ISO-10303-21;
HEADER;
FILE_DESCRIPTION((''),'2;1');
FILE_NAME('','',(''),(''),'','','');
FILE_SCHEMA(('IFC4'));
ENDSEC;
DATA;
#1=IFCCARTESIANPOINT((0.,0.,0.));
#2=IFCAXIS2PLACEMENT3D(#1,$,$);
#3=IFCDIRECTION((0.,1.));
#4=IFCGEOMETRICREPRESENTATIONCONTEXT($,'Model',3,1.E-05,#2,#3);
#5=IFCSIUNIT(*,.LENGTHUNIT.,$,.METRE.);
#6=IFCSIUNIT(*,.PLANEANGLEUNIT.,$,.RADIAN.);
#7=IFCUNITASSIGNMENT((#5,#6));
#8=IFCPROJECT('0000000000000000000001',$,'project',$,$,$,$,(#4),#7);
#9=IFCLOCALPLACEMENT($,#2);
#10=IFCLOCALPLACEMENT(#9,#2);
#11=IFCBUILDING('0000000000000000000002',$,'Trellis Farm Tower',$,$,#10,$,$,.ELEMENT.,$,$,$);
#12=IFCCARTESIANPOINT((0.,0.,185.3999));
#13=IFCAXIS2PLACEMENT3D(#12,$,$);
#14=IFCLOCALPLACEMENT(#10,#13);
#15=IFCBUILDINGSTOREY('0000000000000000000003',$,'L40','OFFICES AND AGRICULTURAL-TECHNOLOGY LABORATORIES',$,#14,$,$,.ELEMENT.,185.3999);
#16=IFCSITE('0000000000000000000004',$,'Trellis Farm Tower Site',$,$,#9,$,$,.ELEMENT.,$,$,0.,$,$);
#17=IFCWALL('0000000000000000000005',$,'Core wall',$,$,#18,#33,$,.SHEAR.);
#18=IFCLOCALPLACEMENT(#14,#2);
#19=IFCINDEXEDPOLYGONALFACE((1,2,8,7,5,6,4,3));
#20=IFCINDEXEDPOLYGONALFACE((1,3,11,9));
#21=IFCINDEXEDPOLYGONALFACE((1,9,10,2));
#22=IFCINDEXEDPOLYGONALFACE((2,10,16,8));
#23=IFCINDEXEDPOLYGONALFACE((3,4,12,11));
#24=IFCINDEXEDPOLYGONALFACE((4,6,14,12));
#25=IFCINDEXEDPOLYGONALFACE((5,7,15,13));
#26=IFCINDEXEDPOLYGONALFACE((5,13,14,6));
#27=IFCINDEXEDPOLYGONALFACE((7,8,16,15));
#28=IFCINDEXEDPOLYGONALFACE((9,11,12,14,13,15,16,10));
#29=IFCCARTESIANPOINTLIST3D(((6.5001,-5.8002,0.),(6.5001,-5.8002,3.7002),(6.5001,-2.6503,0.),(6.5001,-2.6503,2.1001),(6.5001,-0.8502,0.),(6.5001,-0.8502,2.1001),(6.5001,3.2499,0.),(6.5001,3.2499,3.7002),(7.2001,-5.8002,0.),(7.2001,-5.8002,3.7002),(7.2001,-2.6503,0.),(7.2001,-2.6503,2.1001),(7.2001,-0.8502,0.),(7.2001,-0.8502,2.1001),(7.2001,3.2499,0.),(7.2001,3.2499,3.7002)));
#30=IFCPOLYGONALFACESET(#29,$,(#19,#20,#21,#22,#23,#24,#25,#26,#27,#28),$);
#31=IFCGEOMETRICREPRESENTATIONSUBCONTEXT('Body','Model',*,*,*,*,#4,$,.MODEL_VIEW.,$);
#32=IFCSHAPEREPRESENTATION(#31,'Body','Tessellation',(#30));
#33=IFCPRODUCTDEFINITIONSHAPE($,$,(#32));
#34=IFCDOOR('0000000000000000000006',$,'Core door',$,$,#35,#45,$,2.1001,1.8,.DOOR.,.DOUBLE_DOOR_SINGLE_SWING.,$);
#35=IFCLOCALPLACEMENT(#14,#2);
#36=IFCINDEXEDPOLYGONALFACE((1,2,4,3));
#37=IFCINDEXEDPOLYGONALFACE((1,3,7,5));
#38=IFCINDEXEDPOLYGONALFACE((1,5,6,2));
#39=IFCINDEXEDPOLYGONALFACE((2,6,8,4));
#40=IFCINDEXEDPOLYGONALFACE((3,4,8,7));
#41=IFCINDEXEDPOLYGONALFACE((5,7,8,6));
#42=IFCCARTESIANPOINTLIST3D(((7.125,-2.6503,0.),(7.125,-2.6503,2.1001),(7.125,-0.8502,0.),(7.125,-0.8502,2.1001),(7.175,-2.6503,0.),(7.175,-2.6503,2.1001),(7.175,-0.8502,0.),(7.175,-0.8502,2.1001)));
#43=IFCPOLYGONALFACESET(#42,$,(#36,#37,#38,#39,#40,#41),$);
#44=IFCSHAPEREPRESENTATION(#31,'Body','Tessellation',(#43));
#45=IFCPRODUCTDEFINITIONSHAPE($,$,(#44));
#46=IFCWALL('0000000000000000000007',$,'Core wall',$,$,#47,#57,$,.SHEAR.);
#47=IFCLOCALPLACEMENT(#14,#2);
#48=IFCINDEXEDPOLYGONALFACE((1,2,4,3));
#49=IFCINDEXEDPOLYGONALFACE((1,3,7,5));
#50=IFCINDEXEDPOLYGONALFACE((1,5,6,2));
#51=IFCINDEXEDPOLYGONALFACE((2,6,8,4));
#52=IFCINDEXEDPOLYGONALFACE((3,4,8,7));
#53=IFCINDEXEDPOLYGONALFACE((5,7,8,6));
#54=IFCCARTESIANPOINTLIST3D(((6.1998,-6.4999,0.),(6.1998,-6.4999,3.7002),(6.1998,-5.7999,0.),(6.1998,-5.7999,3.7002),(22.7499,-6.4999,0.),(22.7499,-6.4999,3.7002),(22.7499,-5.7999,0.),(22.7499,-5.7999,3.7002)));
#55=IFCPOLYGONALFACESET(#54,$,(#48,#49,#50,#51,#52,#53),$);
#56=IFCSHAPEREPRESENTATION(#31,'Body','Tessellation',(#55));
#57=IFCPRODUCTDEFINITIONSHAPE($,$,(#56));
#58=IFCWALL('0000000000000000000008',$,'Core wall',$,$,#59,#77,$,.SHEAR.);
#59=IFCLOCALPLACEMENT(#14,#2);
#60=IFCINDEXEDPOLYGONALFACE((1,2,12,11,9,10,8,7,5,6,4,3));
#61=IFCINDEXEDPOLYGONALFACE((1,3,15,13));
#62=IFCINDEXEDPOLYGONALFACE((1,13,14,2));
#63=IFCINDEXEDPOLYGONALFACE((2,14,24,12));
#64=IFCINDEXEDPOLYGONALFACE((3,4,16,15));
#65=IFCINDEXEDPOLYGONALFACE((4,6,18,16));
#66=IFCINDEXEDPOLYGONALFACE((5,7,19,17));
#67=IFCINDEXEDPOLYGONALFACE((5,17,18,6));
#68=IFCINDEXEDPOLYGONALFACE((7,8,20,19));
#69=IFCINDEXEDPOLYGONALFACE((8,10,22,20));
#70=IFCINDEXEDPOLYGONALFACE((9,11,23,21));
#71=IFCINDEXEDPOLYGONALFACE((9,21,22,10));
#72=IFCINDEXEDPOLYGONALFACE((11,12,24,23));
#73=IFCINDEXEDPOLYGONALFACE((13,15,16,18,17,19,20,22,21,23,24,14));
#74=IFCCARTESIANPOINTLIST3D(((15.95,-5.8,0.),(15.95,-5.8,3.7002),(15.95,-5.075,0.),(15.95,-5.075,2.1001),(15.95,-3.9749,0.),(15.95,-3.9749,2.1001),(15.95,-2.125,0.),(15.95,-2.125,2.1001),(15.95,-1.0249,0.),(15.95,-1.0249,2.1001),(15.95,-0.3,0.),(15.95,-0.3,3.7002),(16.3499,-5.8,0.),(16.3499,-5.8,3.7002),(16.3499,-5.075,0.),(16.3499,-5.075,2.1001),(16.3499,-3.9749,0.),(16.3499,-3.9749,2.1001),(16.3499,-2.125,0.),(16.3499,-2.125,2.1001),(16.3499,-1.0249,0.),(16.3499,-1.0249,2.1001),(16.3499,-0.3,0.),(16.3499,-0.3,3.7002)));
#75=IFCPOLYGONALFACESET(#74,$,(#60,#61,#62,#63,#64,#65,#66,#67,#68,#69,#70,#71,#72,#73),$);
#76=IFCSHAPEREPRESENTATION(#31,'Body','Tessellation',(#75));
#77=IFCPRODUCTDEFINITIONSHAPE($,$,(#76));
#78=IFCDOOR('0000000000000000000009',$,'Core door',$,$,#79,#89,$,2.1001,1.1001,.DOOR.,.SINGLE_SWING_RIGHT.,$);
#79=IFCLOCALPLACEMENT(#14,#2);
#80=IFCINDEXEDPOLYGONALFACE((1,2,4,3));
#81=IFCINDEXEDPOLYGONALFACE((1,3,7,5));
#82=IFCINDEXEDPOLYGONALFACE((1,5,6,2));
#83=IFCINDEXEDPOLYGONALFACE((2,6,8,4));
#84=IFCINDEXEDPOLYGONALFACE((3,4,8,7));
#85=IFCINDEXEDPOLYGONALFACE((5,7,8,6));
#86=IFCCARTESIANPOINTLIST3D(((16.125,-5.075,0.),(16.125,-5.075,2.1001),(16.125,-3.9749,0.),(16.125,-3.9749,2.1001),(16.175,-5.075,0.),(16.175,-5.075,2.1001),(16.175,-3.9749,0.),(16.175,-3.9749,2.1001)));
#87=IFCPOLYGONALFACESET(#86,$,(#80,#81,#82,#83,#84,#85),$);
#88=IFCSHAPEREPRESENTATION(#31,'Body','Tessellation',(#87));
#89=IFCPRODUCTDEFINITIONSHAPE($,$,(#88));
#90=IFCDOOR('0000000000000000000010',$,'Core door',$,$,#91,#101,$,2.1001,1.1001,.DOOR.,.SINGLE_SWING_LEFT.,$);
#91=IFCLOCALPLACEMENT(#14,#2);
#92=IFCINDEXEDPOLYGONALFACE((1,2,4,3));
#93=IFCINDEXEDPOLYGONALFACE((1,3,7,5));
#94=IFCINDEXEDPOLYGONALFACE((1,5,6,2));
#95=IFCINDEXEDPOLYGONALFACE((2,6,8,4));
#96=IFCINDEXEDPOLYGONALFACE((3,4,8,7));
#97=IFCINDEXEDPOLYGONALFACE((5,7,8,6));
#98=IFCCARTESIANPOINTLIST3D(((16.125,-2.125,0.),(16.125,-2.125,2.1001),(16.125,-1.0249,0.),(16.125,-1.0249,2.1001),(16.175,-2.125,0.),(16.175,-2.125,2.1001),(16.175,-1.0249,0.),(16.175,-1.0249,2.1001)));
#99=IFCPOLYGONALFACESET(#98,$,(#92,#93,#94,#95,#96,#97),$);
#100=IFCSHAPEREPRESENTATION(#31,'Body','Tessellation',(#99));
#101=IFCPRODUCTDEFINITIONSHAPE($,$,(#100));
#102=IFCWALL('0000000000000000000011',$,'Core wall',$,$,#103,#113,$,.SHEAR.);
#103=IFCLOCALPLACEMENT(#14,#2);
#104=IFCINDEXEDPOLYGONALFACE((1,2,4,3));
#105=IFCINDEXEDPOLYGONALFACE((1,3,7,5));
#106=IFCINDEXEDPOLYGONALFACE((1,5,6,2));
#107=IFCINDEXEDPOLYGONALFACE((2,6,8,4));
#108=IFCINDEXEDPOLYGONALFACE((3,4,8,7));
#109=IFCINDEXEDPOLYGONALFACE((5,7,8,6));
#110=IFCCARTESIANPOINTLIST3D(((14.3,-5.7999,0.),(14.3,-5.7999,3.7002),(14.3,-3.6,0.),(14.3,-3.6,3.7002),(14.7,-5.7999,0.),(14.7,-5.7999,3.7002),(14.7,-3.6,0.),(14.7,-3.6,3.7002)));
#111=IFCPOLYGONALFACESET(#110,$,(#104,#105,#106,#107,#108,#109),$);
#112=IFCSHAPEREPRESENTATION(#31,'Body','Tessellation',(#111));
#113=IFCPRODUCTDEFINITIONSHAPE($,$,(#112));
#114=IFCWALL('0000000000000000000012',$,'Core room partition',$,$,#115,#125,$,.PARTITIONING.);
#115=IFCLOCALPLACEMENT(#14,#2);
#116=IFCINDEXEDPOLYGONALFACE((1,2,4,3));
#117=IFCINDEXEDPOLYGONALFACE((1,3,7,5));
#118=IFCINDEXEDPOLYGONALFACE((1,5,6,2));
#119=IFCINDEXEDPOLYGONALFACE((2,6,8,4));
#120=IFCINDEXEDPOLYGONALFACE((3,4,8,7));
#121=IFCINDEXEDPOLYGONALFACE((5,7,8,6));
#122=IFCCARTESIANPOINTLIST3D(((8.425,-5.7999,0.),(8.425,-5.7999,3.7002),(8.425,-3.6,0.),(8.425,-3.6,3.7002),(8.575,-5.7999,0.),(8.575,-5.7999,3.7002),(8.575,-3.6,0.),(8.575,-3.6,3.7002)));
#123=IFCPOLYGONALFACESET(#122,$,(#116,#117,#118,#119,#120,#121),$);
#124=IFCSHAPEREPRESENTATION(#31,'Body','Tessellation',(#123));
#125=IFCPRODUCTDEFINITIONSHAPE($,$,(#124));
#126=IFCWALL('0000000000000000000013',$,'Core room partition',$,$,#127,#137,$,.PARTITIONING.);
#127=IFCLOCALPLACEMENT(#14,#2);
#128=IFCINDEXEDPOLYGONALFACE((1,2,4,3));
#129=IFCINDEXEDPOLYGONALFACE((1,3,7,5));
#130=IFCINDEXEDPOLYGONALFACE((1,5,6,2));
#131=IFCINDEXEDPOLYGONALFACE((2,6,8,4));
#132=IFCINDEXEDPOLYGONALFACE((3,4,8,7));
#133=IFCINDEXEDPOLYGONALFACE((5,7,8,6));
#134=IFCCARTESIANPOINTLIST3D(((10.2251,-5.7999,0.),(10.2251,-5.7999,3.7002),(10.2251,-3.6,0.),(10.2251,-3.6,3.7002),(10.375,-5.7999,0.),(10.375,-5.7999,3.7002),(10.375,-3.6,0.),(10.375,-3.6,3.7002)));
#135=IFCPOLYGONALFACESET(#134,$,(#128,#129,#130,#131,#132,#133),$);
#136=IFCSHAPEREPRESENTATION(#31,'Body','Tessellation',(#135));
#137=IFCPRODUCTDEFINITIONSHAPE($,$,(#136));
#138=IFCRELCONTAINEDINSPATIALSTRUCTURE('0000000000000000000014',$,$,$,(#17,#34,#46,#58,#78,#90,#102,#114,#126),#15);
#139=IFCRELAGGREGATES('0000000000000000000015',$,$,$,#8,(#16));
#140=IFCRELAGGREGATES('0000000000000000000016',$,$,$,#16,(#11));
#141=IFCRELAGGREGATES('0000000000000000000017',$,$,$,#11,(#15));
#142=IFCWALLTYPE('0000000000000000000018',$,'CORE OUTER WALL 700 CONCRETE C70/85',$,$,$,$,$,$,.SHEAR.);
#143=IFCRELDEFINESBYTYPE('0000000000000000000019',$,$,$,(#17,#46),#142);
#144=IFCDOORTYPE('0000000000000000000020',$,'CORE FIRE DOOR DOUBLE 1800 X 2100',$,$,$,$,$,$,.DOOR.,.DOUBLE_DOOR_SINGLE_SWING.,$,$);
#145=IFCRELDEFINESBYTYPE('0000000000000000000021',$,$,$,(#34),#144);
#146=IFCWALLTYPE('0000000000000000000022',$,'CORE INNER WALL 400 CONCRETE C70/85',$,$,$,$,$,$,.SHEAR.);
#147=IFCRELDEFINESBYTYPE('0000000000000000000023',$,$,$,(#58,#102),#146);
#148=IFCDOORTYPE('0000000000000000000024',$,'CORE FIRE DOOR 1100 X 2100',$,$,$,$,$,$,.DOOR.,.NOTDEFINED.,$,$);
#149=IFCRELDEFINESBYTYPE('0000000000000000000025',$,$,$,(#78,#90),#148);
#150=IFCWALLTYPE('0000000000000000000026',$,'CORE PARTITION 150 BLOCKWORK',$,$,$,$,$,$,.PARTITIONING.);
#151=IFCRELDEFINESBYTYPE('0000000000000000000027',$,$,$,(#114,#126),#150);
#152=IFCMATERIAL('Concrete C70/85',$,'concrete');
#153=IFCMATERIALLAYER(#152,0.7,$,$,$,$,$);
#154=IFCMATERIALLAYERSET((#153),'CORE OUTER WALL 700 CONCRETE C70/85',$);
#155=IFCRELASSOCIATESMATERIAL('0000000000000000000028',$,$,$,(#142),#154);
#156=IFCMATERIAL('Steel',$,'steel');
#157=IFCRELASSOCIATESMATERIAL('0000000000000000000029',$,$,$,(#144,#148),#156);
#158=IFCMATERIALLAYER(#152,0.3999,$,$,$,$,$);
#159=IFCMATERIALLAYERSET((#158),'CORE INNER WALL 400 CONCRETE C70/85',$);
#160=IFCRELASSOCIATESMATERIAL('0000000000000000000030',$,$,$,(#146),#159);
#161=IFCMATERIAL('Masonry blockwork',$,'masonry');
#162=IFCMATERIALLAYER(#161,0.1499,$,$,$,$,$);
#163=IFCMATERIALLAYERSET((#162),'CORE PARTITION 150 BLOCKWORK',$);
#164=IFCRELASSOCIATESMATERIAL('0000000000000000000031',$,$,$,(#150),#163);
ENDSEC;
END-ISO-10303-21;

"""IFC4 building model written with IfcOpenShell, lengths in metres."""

from ifc_helpers import new_model, si_unit, direction, frame, frame_2d, origin, place, context, subcontext, project, spatial, rectangle, extrude, source, transform, mapped, material, layer, layer_set, type_object, element, fill, save


model = new_model("IFC4")

# Units and contexts
model_context = context("Model", 3, precision=1e-05, world=origin(), true_north=direction((0.0, 1.0)))
body_context = subcontext(model_context, "Body", "Model", "MODEL_VIEW")
ifc_project = project(units=[si_unit("LENGTHUNIT", "METRE"), si_unit("PLANEANGLEUNIT", "RADIAN")], contexts=[model_context])

# Site, building, storey
site_placement = place(None, origin())
site = spatial("IfcSite", under=ifc_project, at=site_placement, Name="Trellis Farm Tower Site", CompositionType="ELEMENT", RefElevation=0.0)
building_placement = place(site_placement, origin())
building = spatial("IfcBuilding", under=site, at=building_placement, Name="Trellis Farm Tower", CompositionType="ELEMENT")
storey_placement = place(building_placement, frame((0.0, 0.0, 185.3999)))
storey = spatial("IfcBuildingStorey", under=building, at=storey_placement, Name="L40", Description="OFFICES AND AGRICULTURAL-TECHNOLOGY LABORATORIES", CompositionType="ELEMENT", Elevation=185.3999)

# Shared definitions
ifc_material_1 = material(Name="Concrete C70/85", Category="concrete")

# Wall, opening, door
ifc_layer_1 = layer(ifc_material_1, 0.7)
ifc_layer_set_1 = layer_set([ifc_layer_1], Name="CORE OUTER WALL 700 CONCRETE C70/85")
wall_type_1 = type_object("IfcWallType", Name="CORE OUTER WALL 700 CONCRETE C70/85", PredefinedType="SHEAR", material=ifc_layer_set_1)
shared_shape_1 = source(origin(), body_context, "Body", "SweptSolid", [
    extrude(rectangle(XDim=9.05, YDim=0.7, at=frame_2d((4.5249, 0.0))), origin(), (0.0, 0.0, 1.0), 3.7002),
])
wall_1_placement = place(storey_placement, frame((6.8501, -5.8, 0.0), z_axis=(0.0, 0.0, 1.0), x_axis=(0.0, 1.0, 0.0)))
wall_1 = element("IfcWall", 1, at=wall_1_placement, inside=storey, type_object=wall_type_1, Name="Core wall", PredefinedType="SHEAR", context=body_context, shape_type="MappedRepresentation", body=[
    mapped(shared_shape_1, transform((0.0, 0.0, 0.0))),
])
shared_shape_2 = source(origin(), body_context, "Body", "SweptSolid", [
    extrude(rectangle(XDim=1.8, YDim=2.1001, at=frame_2d((0.8999, 1.05))), frame((0.0, 0.3601, 0.0), z_axis=(0.0, -1.0, 0.0), x_axis=(1.0, 0.0, 0.0)), (0.0, 0.0, 1.0), 0.7202),
])
opening_1_placement = place(wall_1_placement, frame((3.1499, 0.0, 0.0)))
opening_1 = element("IfcOpeningElement", 2, at=opening_1_placement, cuts=wall_1, PredefinedType="OPENING", context=body_context, shape_type="MappedRepresentation", body=[
    mapped(shared_shape_2, transform((0.0, 0.0, 0.0))),
])
ifc_material_2 = material(Name="Steel", Category="steel")
door_type_1 = type_object("IfcDoorType", Name="CORE FIRE DOOR DOUBLE 1800 X 2100", OperationType="DOUBLE_DOOR_SINGLE_SWING", PredefinedType="DOOR", material=ifc_material_2)
shared_shape_3 = source(origin(), body_context, "Body", "SweptSolid", [
    extrude(rectangle(XDim=1.8, YDim=2.1001, at=frame_2d((0.8999, 1.05))), frame((0.0, -0.2749, 0.0), z_axis=(0.0, -1.0, 0.0), x_axis=(1.0, 0.0, 0.0)), (0.0, 0.0, 1.0), 0.05),
])
door_1_placement = place(opening_1_placement, origin())
door_1 = element("IfcDoor", 3, at=door_1_placement, inside=storey, type_object=door_type_1, Name="Core door", OperationType="DOUBLE_DOOR_SINGLE_SWING", OverallHeight=2.1001, OverallWidth=1.8, PredefinedType="DOOR", context=body_context, shape_type="MappedRepresentation", body=[
    mapped(shared_shape_3, transform((0.0, 0.0, 0.0))),
])
fill(opening_1, door_1)

# Wall
shared_shape_4 = source(origin(), body_context, "Body", "SweptSolid", [
    extrude(rectangle(XDim=16.55, YDim=0.7, at=frame_2d((8.2749, 0.0))), origin(), (0.0, 0.0, 1.0), 3.7002),
])
wall_2_placement = place(storey_placement, frame((6.2, -6.1499, 0.0), z_axis=(0.0, 0.0, 1.0), x_axis=(1.0, 0.0, 0.0)))
element("IfcWall", 4, at=wall_2_placement, inside=storey, type_object=wall_type_1, Name="Core wall", PredefinedType="SHEAR", context=body_context, shape_type="MappedRepresentation", body=[
    mapped(shared_shape_4, transform((0.0, 0.0, 0.0))),
])

# Wall, openings, doors
ifc_layer_2 = layer(ifc_material_1, 0.3999)
ifc_layer_set_2 = layer_set([ifc_layer_2], Name="CORE INNER WALL 400 CONCRETE C70/85")
wall_type_2 = type_object("IfcWallType", Name="CORE INNER WALL 400 CONCRETE C70/85", PredefinedType="SHEAR", material=ifc_layer_set_2)
shared_shape_5 = source(origin(), body_context, "Body", "SweptSolid", [
    extrude(rectangle(XDim=5.5, YDim=0.3999, at=frame_2d((2.75, 0.0))), origin(), (0.0, 0.0, 1.0), 3.7002),
])
wall_3_placement = place(storey_placement, frame((16.1499, -5.8, 0.0), z_axis=(0.0, 0.0, 1.0), x_axis=(0.0, 1.0, 0.0)))
wall_3 = element("IfcWall", 5, at=wall_3_placement, inside=storey, type_object=wall_type_2, Name="Core wall", PredefinedType="SHEAR", context=body_context, shape_type="MappedRepresentation", body=[
    mapped(shared_shape_5, transform((0.0, 0.0, 0.0))),
])
shared_shape_6 = source(origin(), body_context, "Body", "SweptSolid", [
    extrude(rectangle(XDim=1.1001, YDim=2.1001, at=frame_2d((0.55, 1.05))), frame((0.0, 0.21, 0.0), z_axis=(0.0, -1.0, 0.0), x_axis=(1.0, 0.0, 0.0)), (0.0, 0.0, 1.0), 0.4199),
])
opening_2_placement = place(wall_3_placement, frame((0.7251, 0.0, 0.0)))
opening_2 = element("IfcOpeningElement", 6, at=opening_2_placement, cuts=wall_3, PredefinedType="OPENING", context=body_context, shape_type="MappedRepresentation", body=[
    mapped(shared_shape_6, transform((0.0, 0.0, 0.0))),
])
opening_3_placement = place(wall_3_placement, frame((3.675, 0.0, 0.0)))
opening_3 = element("IfcOpeningElement", 7, at=opening_3_placement, cuts=wall_3, PredefinedType="OPENING", context=body_context, shape_type="MappedRepresentation", body=[
    mapped(shared_shape_6, transform((0.0, 0.0, 0.0))),
])
door_type_2 = type_object("IfcDoorType", Name="CORE FIRE DOOR 1100 X 2100", OperationType="NOTDEFINED", PredefinedType="DOOR", material=ifc_material_2)
shared_shape_7 = source(origin(), body_context, "Body", "SweptSolid", [
    extrude(rectangle(XDim=1.1001, YDim=2.1001, at=frame_2d((0.55, 1.05))), frame((0.0, 0.0249, 0.0), z_axis=(0.0, -1.0, 0.0), x_axis=(1.0, 0.0, 0.0)), (0.0, 0.0, 1.0), 0.05),
])
door_2_placement = place(opening_2_placement, origin())
door_2 = element("IfcDoor", 8, at=door_2_placement, inside=storey, type_object=door_type_2, Name="Core door", OperationType="SINGLE_SWING_RIGHT", OverallHeight=2.1001, OverallWidth=1.1001, PredefinedType="DOOR", context=body_context, shape_type="MappedRepresentation", body=[
    mapped(shared_shape_7, transform((0.0, 0.0, 0.0))),
])
fill(opening_2, door_2)
door_3_placement = place(opening_3_placement, origin())
door_3 = element("IfcDoor", 9, at=door_3_placement, inside=storey, type_object=door_type_2, Name="Core door", OperationType="SINGLE_SWING_LEFT", OverallHeight=2.1001, OverallWidth=1.1001, PredefinedType="DOOR", context=body_context, shape_type="MappedRepresentation", body=[
    mapped(shared_shape_7, transform((0.0, 0.0, 0.0))),
])
fill(opening_3, door_3)

# Walls
shared_shape_8 = source(origin(), body_context, "Body", "SweptSolid", [
    extrude(rectangle(XDim=2.2, YDim=0.3999, at=frame_2d((1.1001, 0.0))), origin(), (0.0, 0.0, 1.0), 3.7002),
])
wall_4_placement = place(storey_placement, frame((14.5, -5.8, 0.0), z_axis=(0.0, 0.0, 1.0), x_axis=(0.0, 1.0, 0.0)))
element("IfcWall", 10, at=wall_4_placement, inside=storey, type_object=wall_type_2, Name="Core wall", PredefinedType="SHEAR", context=body_context, shape_type="MappedRepresentation", body=[
    mapped(shared_shape_8, transform((0.0, 0.0, 0.0))),
])
ifc_material_3 = material(Name="Masonry blockwork", Category="masonry")
ifc_layer_3 = layer(ifc_material_3, 0.1499)
ifc_layer_set_3 = layer_set([ifc_layer_3], Name="CORE PARTITION 150 BLOCKWORK")
wall_type_3 = type_object("IfcWallType", Name="CORE PARTITION 150 BLOCKWORK", PredefinedType="PARTITIONING", material=ifc_layer_set_3)
shared_shape_9 = source(origin(), body_context, "Body", "SweptSolid", [
    extrude(rectangle(XDim=2.2, YDim=0.1499, at=frame_2d((1.1001, 0.0))), origin(), (0.0, 0.0, 1.0), 3.7002),
])
for number, where, z_axis, x_axis, name in (
    (11, (8.5, -5.8, 0.0), (0.0, 0.0, 1.0), (0.0, 1.0, 0.0), "Core room partition"),
    (12, (10.3, -5.8, 0.0), (0.0, 0.0, 1.0), (0.0, 1.0, 0.0), "Core room partition"),
):
    element("IfcWall", number, at=place(storey_placement, frame(where, z_axis=z_axis, x_axis=x_axis)), inside=storey, type_object=wall_type_3, Name=name, PredefinedType="PARTITIONING", context=body_context, shape_type="MappedRepresentation", body=[
        mapped(shared_shape_9, transform((0.0, 0.0, 0.0))),
    ])

save(model, "model.ifc")
